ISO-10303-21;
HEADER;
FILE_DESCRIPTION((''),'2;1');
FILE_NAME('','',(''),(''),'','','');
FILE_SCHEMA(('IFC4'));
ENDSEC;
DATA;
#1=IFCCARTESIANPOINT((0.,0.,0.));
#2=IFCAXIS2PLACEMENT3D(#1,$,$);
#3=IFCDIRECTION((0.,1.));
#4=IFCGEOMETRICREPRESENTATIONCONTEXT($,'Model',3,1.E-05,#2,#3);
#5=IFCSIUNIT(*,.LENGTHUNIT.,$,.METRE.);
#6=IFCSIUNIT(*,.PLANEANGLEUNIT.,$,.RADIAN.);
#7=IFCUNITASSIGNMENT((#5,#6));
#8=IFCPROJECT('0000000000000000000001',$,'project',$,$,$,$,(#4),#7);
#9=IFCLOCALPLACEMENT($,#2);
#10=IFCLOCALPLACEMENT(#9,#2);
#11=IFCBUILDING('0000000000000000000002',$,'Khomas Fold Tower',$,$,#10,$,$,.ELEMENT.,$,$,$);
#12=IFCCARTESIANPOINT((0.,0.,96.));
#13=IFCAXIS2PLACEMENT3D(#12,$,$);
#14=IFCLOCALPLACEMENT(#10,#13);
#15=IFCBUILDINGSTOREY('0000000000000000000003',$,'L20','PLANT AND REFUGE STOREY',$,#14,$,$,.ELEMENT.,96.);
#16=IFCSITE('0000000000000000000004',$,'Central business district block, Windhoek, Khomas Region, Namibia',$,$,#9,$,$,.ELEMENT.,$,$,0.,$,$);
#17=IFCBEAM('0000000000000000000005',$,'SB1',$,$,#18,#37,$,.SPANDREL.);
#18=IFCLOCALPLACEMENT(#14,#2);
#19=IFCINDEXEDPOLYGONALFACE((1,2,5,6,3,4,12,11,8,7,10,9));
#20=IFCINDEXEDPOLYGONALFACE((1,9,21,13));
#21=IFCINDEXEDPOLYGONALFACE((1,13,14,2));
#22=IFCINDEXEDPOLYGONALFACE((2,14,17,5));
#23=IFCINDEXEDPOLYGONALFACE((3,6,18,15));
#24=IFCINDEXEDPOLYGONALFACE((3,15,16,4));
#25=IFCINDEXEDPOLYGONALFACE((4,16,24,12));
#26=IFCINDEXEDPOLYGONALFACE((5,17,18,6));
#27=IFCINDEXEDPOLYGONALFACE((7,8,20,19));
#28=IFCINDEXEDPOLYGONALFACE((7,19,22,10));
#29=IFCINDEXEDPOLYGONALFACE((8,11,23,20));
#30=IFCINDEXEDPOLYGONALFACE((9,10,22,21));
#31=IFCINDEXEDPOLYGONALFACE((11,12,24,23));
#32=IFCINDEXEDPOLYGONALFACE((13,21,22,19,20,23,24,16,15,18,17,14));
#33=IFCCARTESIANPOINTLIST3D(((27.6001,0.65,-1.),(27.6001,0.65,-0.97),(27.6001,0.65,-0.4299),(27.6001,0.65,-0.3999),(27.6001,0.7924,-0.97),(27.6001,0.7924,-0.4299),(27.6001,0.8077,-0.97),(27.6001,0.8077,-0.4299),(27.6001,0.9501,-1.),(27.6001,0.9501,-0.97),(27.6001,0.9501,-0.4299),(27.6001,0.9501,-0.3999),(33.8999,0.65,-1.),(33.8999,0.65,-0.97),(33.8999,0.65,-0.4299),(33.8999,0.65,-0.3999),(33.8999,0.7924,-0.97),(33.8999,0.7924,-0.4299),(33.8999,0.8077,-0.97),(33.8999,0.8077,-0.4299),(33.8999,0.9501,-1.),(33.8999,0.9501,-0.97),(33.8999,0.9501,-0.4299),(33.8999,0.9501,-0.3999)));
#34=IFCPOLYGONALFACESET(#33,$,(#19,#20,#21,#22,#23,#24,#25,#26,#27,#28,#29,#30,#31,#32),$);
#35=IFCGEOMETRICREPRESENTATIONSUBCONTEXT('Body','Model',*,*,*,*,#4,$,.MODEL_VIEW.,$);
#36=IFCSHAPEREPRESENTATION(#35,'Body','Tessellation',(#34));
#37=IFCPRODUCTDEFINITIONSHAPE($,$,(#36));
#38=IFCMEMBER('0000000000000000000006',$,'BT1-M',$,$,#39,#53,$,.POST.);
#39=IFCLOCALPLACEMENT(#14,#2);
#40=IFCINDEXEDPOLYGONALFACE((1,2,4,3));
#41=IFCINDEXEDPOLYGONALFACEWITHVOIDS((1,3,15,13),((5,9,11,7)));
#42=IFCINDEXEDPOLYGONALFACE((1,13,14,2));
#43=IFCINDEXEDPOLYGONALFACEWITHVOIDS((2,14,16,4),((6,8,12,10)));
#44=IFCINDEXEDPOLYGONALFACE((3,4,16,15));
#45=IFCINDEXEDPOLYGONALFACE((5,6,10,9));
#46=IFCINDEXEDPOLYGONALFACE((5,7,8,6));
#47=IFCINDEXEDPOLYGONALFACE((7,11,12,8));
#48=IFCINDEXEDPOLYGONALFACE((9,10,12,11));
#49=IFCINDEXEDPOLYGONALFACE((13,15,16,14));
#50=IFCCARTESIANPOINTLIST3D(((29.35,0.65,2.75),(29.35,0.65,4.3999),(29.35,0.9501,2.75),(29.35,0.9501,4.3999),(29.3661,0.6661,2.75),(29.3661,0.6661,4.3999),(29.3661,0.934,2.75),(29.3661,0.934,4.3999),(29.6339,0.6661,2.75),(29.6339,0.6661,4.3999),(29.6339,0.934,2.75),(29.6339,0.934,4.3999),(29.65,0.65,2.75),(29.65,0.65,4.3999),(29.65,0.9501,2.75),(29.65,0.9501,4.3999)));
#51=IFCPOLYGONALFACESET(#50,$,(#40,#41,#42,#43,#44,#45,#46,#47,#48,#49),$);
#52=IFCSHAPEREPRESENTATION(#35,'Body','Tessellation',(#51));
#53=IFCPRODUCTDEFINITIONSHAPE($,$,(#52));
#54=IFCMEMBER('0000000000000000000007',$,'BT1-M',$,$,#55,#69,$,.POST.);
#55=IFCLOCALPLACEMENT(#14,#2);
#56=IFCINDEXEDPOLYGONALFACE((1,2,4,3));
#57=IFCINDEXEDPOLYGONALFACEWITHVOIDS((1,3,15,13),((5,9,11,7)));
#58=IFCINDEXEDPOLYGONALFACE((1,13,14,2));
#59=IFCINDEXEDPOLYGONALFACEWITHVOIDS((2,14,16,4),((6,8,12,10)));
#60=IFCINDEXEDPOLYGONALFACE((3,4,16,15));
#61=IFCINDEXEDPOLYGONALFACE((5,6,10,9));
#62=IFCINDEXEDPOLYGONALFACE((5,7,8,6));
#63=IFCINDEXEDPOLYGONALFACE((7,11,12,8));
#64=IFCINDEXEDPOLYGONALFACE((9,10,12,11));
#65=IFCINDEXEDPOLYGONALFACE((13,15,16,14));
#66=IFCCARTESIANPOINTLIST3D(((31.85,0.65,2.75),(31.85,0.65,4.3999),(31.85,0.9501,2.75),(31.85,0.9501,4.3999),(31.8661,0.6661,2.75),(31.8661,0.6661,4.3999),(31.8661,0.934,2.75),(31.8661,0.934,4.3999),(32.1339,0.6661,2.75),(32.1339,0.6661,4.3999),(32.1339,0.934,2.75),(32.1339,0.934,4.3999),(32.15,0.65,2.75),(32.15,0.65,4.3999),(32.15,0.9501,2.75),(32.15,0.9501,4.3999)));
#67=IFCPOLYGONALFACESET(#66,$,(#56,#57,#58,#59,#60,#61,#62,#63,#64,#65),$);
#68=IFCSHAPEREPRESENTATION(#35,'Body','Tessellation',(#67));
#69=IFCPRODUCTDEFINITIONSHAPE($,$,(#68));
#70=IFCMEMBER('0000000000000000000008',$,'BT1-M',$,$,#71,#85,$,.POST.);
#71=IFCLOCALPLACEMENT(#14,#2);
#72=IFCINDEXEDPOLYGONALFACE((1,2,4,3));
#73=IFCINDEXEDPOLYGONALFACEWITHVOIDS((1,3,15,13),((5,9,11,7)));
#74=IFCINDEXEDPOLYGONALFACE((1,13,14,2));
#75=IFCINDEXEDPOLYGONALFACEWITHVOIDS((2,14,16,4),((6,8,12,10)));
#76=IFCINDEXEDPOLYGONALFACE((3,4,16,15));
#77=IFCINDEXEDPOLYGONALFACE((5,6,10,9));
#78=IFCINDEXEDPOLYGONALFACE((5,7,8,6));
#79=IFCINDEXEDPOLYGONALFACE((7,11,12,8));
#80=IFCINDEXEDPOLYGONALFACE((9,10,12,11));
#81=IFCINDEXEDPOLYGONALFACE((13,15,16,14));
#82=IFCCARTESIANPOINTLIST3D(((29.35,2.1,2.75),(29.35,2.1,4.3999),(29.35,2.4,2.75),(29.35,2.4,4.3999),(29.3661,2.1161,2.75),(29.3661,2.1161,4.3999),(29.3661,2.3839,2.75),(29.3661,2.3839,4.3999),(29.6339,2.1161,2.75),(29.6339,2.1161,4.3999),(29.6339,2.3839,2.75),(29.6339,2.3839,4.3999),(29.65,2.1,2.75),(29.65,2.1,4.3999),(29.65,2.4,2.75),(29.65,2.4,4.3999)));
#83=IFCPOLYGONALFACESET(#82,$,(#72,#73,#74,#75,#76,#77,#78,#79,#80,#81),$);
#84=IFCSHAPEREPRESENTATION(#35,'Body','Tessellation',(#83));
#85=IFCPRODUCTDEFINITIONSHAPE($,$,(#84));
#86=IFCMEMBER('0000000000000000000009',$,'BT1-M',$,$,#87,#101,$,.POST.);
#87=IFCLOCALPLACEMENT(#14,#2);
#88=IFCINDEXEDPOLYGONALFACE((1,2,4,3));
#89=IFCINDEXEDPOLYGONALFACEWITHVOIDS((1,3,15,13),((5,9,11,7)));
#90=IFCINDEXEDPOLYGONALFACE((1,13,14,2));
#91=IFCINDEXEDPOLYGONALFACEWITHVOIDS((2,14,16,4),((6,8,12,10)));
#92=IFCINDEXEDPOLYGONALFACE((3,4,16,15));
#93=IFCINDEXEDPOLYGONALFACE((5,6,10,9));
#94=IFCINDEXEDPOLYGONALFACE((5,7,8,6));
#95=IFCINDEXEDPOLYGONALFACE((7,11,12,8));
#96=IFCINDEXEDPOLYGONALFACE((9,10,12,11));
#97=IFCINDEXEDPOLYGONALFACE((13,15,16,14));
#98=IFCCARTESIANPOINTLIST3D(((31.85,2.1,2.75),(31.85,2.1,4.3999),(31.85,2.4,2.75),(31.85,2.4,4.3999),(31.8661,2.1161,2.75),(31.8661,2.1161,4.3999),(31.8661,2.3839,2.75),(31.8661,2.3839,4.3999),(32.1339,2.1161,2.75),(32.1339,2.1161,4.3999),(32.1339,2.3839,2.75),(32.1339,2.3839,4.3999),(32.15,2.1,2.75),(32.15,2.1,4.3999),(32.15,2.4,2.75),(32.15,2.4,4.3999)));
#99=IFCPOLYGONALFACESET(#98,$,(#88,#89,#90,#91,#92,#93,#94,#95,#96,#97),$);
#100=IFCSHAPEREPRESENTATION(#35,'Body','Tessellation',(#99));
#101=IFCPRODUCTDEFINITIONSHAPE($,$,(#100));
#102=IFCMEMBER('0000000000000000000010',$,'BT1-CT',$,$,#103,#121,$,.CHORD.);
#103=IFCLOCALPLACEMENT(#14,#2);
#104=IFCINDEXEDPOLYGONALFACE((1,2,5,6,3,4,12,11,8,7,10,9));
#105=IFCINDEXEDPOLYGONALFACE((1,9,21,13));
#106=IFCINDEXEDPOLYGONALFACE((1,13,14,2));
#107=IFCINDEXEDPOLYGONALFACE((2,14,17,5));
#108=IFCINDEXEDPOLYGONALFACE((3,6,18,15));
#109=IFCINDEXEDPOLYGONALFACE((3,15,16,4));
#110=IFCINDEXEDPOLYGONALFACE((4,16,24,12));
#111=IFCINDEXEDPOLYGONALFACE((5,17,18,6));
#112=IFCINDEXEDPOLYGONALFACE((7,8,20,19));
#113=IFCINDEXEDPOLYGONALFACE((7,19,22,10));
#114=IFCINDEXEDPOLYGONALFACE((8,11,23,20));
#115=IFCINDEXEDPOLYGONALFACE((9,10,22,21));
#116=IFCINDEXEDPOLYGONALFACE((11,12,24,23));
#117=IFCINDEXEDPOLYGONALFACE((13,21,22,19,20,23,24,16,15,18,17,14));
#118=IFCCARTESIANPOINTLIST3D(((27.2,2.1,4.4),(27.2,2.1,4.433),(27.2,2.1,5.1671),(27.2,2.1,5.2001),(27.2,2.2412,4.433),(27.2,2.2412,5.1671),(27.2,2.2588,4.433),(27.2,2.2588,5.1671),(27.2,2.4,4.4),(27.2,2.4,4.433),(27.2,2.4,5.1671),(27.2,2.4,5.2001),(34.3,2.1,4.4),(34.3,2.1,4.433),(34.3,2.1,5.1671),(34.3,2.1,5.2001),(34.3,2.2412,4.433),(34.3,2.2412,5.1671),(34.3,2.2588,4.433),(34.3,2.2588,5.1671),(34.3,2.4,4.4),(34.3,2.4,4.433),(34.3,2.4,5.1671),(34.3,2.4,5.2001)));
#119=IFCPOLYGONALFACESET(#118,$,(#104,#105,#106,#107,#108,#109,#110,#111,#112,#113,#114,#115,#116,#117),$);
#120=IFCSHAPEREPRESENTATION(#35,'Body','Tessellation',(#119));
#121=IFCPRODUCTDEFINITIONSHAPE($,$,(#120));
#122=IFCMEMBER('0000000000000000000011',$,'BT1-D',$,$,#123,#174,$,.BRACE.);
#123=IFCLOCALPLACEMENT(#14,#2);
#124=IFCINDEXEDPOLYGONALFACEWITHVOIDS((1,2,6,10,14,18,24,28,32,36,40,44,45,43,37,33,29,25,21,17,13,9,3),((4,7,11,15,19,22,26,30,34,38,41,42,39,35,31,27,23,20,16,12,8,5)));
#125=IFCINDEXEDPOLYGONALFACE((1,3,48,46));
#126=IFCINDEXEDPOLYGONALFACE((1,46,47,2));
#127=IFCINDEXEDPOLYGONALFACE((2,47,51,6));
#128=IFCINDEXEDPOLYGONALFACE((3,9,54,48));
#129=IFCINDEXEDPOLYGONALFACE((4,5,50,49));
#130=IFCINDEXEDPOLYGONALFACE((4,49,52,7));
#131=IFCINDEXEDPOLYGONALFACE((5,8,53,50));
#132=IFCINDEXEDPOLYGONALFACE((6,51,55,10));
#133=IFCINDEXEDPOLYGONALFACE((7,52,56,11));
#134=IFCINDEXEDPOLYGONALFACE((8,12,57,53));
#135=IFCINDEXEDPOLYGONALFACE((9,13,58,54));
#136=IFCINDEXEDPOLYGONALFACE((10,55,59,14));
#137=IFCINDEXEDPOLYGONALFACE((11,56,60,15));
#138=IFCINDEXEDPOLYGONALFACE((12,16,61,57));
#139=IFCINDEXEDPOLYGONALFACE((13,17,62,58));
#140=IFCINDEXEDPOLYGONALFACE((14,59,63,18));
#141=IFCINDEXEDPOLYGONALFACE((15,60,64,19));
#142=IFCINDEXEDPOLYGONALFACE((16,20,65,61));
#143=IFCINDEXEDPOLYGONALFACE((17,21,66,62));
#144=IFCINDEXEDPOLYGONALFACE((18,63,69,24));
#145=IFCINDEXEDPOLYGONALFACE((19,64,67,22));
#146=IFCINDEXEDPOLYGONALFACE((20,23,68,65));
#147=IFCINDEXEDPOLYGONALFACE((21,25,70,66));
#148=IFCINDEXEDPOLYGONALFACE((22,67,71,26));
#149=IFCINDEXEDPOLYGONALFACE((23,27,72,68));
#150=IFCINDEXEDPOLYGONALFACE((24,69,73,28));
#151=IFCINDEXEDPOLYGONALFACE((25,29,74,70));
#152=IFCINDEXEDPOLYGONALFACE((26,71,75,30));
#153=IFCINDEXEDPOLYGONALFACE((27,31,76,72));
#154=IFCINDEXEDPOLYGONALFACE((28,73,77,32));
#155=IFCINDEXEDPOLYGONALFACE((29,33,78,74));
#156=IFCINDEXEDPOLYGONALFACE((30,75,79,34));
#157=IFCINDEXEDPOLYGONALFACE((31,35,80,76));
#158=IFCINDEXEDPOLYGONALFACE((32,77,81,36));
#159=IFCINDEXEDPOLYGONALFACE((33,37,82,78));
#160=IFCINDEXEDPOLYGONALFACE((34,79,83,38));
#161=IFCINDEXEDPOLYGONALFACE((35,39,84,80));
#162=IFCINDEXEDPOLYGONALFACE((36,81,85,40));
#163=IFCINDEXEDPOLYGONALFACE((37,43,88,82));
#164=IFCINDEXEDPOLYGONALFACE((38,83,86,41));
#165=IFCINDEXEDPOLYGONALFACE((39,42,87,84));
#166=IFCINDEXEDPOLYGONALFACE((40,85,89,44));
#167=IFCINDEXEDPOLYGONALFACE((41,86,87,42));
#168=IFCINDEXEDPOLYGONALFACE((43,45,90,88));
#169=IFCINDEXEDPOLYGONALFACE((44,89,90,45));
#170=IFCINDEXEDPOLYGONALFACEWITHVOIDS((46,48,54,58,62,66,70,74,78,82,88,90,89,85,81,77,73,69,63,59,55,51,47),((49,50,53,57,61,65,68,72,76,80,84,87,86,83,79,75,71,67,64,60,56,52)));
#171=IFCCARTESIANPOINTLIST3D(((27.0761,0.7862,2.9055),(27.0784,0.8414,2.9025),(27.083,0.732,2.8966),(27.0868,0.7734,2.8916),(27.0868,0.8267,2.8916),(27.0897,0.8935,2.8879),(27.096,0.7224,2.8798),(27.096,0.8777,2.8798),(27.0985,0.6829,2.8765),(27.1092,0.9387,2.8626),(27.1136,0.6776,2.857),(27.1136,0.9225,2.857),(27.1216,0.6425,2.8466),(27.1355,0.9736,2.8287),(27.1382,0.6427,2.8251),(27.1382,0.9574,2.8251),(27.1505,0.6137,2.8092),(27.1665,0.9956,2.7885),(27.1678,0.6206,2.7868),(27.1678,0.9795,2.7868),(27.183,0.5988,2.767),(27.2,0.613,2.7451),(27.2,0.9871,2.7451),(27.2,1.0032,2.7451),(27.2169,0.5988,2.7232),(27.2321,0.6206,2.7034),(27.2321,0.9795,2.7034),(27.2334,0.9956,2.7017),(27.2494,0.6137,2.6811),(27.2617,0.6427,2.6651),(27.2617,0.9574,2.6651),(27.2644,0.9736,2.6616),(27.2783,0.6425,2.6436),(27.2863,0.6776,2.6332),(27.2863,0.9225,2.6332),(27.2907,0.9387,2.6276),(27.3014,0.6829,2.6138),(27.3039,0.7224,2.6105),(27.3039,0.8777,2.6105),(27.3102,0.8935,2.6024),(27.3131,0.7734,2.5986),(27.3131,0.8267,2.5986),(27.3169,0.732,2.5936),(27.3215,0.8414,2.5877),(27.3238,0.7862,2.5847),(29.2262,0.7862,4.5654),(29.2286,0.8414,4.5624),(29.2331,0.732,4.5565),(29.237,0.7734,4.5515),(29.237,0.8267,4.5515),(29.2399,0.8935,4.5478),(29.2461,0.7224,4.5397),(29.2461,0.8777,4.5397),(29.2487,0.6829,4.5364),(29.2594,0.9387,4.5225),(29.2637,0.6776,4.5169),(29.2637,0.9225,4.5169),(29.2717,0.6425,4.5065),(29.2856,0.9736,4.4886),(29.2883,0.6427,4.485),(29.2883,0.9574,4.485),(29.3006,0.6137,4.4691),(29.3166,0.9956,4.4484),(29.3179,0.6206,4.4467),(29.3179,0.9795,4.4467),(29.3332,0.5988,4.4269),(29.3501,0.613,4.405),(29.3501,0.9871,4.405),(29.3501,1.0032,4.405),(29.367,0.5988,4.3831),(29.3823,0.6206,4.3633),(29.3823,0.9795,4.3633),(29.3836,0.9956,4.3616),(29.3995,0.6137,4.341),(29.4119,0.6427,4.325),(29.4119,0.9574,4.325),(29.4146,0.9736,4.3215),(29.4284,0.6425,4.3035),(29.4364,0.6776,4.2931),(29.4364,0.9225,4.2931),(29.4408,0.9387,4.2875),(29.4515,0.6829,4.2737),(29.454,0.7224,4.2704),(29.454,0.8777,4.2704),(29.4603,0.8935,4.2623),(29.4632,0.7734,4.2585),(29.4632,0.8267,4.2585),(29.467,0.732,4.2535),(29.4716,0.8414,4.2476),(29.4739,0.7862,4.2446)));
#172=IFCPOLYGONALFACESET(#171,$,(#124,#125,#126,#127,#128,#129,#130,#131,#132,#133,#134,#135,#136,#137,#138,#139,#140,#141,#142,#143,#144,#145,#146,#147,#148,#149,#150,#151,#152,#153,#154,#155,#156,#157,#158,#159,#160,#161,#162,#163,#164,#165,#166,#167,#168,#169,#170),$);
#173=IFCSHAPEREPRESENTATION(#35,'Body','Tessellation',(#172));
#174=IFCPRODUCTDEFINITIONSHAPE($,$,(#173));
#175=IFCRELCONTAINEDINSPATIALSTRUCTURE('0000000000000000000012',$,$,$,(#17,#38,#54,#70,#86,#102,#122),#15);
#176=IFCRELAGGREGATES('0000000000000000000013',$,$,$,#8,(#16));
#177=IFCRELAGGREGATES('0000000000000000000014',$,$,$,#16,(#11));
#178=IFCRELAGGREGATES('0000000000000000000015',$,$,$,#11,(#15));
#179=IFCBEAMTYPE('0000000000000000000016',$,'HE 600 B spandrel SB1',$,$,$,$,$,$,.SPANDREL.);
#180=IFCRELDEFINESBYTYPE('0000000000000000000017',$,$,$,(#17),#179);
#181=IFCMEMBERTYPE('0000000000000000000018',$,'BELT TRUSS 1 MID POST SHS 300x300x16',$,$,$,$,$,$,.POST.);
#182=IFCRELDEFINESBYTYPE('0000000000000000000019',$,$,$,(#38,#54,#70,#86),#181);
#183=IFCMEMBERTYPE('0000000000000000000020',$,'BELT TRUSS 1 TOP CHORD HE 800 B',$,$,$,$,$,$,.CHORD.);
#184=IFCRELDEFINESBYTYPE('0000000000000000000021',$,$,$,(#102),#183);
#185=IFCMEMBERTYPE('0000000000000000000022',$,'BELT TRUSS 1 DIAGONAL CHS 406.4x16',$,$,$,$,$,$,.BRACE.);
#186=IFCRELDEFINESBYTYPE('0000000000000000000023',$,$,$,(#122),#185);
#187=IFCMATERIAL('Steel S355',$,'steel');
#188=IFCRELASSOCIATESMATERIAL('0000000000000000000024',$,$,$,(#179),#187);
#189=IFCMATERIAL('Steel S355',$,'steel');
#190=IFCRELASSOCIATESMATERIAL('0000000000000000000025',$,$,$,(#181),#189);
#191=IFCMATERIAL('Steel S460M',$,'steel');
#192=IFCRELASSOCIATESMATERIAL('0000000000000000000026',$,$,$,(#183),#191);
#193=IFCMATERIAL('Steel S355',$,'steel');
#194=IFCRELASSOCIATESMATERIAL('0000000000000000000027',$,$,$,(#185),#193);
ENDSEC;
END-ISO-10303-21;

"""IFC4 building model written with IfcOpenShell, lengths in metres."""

from ifc_helpers import new_model, si_unit, direction, frame, origin, origin_2d, place, context, subcontext, project, spatial, hollow_rectangle, hollow_circle, i_section, extrude, source, transform, mapped, material, material_profile, profile_set, type_object, element, save


model = new_model("IFC4")

# Units and contexts
model_context = context("Model", 3, precision=1e-05, world=origin(), true_north=direction((0.0, 1.0)))
body_context = subcontext(model_context, "Body", "Model", "MODEL_VIEW")
ifc_project = project(units=[si_unit("LENGTHUNIT", "METRE"), si_unit("PLANEANGLEUNIT", "RADIAN")], contexts=[model_context])

# Site, building, storey
site_placement = place(None, origin())
site = spatial("IfcSite", under=ifc_project, at=site_placement, Name="Central business district block, Windhoek, Khomas Region, Namibia", CompositionType="ELEMENT", RefElevation=0.0)
building_placement = place(site_placement, origin())
building = spatial("IfcBuilding", under=site, at=building_placement, Name="Khomas Fold Tower", CompositionType="ELEMENT")
storey_placement = place(building_placement, frame((0.0, 0.0, 96.0)))
storey = spatial("IfcBuildingStorey", under=building, at=storey_placement, Name="L20", Description="PLANT AND REFUGE STOREY", CompositionType="ELEMENT", Elevation=96.0)

# Beam
ifc_material_1 = material(Name="Steel S355", Category="steel")
ifc_material_profile_1 = material_profile(ifc_material_1, i_section(OverallWidth=0.3, OverallDepth=0.6001, WebThickness=0.0154, FlangeThickness=0.03, at=origin_2d()), Name="HE 600 B")
ifc_profile_set_1 = profile_set([ifc_material_profile_1], Name="Steel S355")
beam_type = type_object("IfcBeamType", Name="HE 600 B spandrel SB1", PredefinedType="SPANDREL", material=ifc_profile_set_1)
shared_shape_1 = source(origin(), body_context, "Body", "SweptSolid", [
    extrude(i_section(OverallWidth=0.3, OverallDepth=0.6001, WebThickness=0.0154, FlangeThickness=0.03, at=origin_2d()), origin(), (0.0, 0.0, 1.0), 6.2998),
])
beam_placement = place(storey_placement, frame((27.6001, 0.8, -0.7), z_axis=(1.0, 0.0, 0.0), x_axis=(0.0, 1.0, 0.0)))
element("IfcBeam", 1, at=beam_placement, inside=storey, type_object=beam_type, Name="SB1", PredefinedType="SPANDREL", context=body_context, shape_type="MappedRepresentation", body=[
    mapped(shared_shape_1, transform((0.0, 0.0, 0.0))),
])

# Members
ifc_material_2 = material(Name="Steel S355", Category="steel")
ifc_material_profile_2 = material_profile(ifc_material_2, hollow_rectangle(XDim=0.3, YDim=0.3, WallThickness=0.0161, at=origin_2d()), Name="SHS 300x300x16")
ifc_profile_set_2 = profile_set([ifc_material_profile_2], Name="Steel S355")
member_type_1 = type_object("IfcMemberType", Name="BELT TRUSS 1 MID POST SHS 300x300x16", PredefinedType="POST", material=ifc_profile_set_2)
shared_shape_2 = source(origin(), body_context, "Body", "SweptSolid", [
    extrude(hollow_rectangle(XDim=0.3, YDim=0.3, WallThickness=0.0161, at=origin_2d()), origin(), (0.0, 0.0, 1.0), 1.6499),
])
for number, where, z_axis, x_axis, name in (
    (2, (29.5, 0.8, 2.75), (0.0, 0.0, 1.0), (1.0, 0.0, 0.0), "BT1-M"),
    (3, (32.0, 0.8, 2.75), (0.0, 0.0, 1.0), (1.0, 0.0, 0.0), "BT1-M"),
    (4, (29.5, 2.25, 2.75), (0.0, 0.0, 1.0), (1.0, 0.0, 0.0), "BT1-M"),
    (5, (32.0, 2.25, 2.75), (0.0, 0.0, 1.0), (1.0, 0.0, 0.0), "BT1-M"),
):
    element("IfcMember", number, at=place(storey_placement, frame(where, z_axis=z_axis, x_axis=x_axis)), inside=storey, type_object=member_type_1, Name=name, PredefinedType="POST", context=body_context, shape_type="MappedRepresentation", body=[
        mapped(shared_shape_2, transform((0.0, 0.0, 0.0))),
    ])
ifc_material_3 = material(Name="Steel S460M", Category="steel")
ifc_material_profile_3 = material_profile(ifc_material_3, i_section(OverallWidth=0.3, OverallDepth=0.8, WebThickness=0.0176, FlangeThickness=0.033, at=origin_2d()), Name="HE 800 B")
ifc_profile_set_3 = profile_set([ifc_material_profile_3], Name="Steel S460M")
member_type_2 = type_object("IfcMemberType", Name="BELT TRUSS 1 TOP CHORD HE 800 B", PredefinedType="CHORD", material=ifc_profile_set_3)
shared_shape_3 = source(origin(), body_context, "Body", "SweptSolid", [
    extrude(i_section(OverallWidth=0.3, OverallDepth=0.8, WebThickness=0.0176, FlangeThickness=0.033, at=origin_2d()), origin(), (0.0, 0.0, 1.0), 7.1001),
])
member_placement = place(storey_placement, frame((27.2, 2.25, 4.8), z_axis=(1.0, 0.0, 0.0), x_axis=(0.0, 1.0, 0.0)))
element("IfcMember", 6, at=member_placement, inside=storey, type_object=member_type_2, Name="BT1-CT", PredefinedType="CHORD", context=body_context, shape_type="MappedRepresentation", body=[
    mapped(shared_shape_3, transform((0.0, 0.0, 0.0))),
])
ifc_material_4 = material(Name="Steel S355", Category="steel")
ifc_material_profile_4 = material_profile(ifc_material_4, hollow_circle(Radius=0.2031, WallThickness=0.0161, at=origin_2d()), Name="CHS 406.4x16")
ifc_profile_set_4 = profile_set([ifc_material_profile_4], Name="Steel S355")
member_type_3 = type_object("IfcMemberType", Name="BELT TRUSS 1 DIAGONAL CHS 406.4x16", PredefinedType="BRACE", material=ifc_profile_set_4)
shared_shape_4 = source(origin(), body_context, "Body", "SweptSolid", [
    extrude(hollow_circle(Radius=0.2031, WallThickness=0.0161, at=origin_2d()), origin(), (0.0, 0.0, 1.0), 2.7163),
])
for number, where, z_axis, x_axis, name in (
    (7, (27.2, 0.8, 2.7451), (0.791564, 0.0, 0.611087), (0.0, 1.0, 0.0), "BT1-D"),
):
    element("IfcMember", number, at=place(storey_placement, frame(where, z_axis=z_axis, x_axis=x_axis)), inside=storey, type_object=member_type_3, Name=name, PredefinedType="BRACE", context=body_context, shape_type="MappedRepresentation", body=[
        mapped(shared_shape_4, transform((0.0, 0.0, 0.0))),
    ])

save(model, "model.ifc")
